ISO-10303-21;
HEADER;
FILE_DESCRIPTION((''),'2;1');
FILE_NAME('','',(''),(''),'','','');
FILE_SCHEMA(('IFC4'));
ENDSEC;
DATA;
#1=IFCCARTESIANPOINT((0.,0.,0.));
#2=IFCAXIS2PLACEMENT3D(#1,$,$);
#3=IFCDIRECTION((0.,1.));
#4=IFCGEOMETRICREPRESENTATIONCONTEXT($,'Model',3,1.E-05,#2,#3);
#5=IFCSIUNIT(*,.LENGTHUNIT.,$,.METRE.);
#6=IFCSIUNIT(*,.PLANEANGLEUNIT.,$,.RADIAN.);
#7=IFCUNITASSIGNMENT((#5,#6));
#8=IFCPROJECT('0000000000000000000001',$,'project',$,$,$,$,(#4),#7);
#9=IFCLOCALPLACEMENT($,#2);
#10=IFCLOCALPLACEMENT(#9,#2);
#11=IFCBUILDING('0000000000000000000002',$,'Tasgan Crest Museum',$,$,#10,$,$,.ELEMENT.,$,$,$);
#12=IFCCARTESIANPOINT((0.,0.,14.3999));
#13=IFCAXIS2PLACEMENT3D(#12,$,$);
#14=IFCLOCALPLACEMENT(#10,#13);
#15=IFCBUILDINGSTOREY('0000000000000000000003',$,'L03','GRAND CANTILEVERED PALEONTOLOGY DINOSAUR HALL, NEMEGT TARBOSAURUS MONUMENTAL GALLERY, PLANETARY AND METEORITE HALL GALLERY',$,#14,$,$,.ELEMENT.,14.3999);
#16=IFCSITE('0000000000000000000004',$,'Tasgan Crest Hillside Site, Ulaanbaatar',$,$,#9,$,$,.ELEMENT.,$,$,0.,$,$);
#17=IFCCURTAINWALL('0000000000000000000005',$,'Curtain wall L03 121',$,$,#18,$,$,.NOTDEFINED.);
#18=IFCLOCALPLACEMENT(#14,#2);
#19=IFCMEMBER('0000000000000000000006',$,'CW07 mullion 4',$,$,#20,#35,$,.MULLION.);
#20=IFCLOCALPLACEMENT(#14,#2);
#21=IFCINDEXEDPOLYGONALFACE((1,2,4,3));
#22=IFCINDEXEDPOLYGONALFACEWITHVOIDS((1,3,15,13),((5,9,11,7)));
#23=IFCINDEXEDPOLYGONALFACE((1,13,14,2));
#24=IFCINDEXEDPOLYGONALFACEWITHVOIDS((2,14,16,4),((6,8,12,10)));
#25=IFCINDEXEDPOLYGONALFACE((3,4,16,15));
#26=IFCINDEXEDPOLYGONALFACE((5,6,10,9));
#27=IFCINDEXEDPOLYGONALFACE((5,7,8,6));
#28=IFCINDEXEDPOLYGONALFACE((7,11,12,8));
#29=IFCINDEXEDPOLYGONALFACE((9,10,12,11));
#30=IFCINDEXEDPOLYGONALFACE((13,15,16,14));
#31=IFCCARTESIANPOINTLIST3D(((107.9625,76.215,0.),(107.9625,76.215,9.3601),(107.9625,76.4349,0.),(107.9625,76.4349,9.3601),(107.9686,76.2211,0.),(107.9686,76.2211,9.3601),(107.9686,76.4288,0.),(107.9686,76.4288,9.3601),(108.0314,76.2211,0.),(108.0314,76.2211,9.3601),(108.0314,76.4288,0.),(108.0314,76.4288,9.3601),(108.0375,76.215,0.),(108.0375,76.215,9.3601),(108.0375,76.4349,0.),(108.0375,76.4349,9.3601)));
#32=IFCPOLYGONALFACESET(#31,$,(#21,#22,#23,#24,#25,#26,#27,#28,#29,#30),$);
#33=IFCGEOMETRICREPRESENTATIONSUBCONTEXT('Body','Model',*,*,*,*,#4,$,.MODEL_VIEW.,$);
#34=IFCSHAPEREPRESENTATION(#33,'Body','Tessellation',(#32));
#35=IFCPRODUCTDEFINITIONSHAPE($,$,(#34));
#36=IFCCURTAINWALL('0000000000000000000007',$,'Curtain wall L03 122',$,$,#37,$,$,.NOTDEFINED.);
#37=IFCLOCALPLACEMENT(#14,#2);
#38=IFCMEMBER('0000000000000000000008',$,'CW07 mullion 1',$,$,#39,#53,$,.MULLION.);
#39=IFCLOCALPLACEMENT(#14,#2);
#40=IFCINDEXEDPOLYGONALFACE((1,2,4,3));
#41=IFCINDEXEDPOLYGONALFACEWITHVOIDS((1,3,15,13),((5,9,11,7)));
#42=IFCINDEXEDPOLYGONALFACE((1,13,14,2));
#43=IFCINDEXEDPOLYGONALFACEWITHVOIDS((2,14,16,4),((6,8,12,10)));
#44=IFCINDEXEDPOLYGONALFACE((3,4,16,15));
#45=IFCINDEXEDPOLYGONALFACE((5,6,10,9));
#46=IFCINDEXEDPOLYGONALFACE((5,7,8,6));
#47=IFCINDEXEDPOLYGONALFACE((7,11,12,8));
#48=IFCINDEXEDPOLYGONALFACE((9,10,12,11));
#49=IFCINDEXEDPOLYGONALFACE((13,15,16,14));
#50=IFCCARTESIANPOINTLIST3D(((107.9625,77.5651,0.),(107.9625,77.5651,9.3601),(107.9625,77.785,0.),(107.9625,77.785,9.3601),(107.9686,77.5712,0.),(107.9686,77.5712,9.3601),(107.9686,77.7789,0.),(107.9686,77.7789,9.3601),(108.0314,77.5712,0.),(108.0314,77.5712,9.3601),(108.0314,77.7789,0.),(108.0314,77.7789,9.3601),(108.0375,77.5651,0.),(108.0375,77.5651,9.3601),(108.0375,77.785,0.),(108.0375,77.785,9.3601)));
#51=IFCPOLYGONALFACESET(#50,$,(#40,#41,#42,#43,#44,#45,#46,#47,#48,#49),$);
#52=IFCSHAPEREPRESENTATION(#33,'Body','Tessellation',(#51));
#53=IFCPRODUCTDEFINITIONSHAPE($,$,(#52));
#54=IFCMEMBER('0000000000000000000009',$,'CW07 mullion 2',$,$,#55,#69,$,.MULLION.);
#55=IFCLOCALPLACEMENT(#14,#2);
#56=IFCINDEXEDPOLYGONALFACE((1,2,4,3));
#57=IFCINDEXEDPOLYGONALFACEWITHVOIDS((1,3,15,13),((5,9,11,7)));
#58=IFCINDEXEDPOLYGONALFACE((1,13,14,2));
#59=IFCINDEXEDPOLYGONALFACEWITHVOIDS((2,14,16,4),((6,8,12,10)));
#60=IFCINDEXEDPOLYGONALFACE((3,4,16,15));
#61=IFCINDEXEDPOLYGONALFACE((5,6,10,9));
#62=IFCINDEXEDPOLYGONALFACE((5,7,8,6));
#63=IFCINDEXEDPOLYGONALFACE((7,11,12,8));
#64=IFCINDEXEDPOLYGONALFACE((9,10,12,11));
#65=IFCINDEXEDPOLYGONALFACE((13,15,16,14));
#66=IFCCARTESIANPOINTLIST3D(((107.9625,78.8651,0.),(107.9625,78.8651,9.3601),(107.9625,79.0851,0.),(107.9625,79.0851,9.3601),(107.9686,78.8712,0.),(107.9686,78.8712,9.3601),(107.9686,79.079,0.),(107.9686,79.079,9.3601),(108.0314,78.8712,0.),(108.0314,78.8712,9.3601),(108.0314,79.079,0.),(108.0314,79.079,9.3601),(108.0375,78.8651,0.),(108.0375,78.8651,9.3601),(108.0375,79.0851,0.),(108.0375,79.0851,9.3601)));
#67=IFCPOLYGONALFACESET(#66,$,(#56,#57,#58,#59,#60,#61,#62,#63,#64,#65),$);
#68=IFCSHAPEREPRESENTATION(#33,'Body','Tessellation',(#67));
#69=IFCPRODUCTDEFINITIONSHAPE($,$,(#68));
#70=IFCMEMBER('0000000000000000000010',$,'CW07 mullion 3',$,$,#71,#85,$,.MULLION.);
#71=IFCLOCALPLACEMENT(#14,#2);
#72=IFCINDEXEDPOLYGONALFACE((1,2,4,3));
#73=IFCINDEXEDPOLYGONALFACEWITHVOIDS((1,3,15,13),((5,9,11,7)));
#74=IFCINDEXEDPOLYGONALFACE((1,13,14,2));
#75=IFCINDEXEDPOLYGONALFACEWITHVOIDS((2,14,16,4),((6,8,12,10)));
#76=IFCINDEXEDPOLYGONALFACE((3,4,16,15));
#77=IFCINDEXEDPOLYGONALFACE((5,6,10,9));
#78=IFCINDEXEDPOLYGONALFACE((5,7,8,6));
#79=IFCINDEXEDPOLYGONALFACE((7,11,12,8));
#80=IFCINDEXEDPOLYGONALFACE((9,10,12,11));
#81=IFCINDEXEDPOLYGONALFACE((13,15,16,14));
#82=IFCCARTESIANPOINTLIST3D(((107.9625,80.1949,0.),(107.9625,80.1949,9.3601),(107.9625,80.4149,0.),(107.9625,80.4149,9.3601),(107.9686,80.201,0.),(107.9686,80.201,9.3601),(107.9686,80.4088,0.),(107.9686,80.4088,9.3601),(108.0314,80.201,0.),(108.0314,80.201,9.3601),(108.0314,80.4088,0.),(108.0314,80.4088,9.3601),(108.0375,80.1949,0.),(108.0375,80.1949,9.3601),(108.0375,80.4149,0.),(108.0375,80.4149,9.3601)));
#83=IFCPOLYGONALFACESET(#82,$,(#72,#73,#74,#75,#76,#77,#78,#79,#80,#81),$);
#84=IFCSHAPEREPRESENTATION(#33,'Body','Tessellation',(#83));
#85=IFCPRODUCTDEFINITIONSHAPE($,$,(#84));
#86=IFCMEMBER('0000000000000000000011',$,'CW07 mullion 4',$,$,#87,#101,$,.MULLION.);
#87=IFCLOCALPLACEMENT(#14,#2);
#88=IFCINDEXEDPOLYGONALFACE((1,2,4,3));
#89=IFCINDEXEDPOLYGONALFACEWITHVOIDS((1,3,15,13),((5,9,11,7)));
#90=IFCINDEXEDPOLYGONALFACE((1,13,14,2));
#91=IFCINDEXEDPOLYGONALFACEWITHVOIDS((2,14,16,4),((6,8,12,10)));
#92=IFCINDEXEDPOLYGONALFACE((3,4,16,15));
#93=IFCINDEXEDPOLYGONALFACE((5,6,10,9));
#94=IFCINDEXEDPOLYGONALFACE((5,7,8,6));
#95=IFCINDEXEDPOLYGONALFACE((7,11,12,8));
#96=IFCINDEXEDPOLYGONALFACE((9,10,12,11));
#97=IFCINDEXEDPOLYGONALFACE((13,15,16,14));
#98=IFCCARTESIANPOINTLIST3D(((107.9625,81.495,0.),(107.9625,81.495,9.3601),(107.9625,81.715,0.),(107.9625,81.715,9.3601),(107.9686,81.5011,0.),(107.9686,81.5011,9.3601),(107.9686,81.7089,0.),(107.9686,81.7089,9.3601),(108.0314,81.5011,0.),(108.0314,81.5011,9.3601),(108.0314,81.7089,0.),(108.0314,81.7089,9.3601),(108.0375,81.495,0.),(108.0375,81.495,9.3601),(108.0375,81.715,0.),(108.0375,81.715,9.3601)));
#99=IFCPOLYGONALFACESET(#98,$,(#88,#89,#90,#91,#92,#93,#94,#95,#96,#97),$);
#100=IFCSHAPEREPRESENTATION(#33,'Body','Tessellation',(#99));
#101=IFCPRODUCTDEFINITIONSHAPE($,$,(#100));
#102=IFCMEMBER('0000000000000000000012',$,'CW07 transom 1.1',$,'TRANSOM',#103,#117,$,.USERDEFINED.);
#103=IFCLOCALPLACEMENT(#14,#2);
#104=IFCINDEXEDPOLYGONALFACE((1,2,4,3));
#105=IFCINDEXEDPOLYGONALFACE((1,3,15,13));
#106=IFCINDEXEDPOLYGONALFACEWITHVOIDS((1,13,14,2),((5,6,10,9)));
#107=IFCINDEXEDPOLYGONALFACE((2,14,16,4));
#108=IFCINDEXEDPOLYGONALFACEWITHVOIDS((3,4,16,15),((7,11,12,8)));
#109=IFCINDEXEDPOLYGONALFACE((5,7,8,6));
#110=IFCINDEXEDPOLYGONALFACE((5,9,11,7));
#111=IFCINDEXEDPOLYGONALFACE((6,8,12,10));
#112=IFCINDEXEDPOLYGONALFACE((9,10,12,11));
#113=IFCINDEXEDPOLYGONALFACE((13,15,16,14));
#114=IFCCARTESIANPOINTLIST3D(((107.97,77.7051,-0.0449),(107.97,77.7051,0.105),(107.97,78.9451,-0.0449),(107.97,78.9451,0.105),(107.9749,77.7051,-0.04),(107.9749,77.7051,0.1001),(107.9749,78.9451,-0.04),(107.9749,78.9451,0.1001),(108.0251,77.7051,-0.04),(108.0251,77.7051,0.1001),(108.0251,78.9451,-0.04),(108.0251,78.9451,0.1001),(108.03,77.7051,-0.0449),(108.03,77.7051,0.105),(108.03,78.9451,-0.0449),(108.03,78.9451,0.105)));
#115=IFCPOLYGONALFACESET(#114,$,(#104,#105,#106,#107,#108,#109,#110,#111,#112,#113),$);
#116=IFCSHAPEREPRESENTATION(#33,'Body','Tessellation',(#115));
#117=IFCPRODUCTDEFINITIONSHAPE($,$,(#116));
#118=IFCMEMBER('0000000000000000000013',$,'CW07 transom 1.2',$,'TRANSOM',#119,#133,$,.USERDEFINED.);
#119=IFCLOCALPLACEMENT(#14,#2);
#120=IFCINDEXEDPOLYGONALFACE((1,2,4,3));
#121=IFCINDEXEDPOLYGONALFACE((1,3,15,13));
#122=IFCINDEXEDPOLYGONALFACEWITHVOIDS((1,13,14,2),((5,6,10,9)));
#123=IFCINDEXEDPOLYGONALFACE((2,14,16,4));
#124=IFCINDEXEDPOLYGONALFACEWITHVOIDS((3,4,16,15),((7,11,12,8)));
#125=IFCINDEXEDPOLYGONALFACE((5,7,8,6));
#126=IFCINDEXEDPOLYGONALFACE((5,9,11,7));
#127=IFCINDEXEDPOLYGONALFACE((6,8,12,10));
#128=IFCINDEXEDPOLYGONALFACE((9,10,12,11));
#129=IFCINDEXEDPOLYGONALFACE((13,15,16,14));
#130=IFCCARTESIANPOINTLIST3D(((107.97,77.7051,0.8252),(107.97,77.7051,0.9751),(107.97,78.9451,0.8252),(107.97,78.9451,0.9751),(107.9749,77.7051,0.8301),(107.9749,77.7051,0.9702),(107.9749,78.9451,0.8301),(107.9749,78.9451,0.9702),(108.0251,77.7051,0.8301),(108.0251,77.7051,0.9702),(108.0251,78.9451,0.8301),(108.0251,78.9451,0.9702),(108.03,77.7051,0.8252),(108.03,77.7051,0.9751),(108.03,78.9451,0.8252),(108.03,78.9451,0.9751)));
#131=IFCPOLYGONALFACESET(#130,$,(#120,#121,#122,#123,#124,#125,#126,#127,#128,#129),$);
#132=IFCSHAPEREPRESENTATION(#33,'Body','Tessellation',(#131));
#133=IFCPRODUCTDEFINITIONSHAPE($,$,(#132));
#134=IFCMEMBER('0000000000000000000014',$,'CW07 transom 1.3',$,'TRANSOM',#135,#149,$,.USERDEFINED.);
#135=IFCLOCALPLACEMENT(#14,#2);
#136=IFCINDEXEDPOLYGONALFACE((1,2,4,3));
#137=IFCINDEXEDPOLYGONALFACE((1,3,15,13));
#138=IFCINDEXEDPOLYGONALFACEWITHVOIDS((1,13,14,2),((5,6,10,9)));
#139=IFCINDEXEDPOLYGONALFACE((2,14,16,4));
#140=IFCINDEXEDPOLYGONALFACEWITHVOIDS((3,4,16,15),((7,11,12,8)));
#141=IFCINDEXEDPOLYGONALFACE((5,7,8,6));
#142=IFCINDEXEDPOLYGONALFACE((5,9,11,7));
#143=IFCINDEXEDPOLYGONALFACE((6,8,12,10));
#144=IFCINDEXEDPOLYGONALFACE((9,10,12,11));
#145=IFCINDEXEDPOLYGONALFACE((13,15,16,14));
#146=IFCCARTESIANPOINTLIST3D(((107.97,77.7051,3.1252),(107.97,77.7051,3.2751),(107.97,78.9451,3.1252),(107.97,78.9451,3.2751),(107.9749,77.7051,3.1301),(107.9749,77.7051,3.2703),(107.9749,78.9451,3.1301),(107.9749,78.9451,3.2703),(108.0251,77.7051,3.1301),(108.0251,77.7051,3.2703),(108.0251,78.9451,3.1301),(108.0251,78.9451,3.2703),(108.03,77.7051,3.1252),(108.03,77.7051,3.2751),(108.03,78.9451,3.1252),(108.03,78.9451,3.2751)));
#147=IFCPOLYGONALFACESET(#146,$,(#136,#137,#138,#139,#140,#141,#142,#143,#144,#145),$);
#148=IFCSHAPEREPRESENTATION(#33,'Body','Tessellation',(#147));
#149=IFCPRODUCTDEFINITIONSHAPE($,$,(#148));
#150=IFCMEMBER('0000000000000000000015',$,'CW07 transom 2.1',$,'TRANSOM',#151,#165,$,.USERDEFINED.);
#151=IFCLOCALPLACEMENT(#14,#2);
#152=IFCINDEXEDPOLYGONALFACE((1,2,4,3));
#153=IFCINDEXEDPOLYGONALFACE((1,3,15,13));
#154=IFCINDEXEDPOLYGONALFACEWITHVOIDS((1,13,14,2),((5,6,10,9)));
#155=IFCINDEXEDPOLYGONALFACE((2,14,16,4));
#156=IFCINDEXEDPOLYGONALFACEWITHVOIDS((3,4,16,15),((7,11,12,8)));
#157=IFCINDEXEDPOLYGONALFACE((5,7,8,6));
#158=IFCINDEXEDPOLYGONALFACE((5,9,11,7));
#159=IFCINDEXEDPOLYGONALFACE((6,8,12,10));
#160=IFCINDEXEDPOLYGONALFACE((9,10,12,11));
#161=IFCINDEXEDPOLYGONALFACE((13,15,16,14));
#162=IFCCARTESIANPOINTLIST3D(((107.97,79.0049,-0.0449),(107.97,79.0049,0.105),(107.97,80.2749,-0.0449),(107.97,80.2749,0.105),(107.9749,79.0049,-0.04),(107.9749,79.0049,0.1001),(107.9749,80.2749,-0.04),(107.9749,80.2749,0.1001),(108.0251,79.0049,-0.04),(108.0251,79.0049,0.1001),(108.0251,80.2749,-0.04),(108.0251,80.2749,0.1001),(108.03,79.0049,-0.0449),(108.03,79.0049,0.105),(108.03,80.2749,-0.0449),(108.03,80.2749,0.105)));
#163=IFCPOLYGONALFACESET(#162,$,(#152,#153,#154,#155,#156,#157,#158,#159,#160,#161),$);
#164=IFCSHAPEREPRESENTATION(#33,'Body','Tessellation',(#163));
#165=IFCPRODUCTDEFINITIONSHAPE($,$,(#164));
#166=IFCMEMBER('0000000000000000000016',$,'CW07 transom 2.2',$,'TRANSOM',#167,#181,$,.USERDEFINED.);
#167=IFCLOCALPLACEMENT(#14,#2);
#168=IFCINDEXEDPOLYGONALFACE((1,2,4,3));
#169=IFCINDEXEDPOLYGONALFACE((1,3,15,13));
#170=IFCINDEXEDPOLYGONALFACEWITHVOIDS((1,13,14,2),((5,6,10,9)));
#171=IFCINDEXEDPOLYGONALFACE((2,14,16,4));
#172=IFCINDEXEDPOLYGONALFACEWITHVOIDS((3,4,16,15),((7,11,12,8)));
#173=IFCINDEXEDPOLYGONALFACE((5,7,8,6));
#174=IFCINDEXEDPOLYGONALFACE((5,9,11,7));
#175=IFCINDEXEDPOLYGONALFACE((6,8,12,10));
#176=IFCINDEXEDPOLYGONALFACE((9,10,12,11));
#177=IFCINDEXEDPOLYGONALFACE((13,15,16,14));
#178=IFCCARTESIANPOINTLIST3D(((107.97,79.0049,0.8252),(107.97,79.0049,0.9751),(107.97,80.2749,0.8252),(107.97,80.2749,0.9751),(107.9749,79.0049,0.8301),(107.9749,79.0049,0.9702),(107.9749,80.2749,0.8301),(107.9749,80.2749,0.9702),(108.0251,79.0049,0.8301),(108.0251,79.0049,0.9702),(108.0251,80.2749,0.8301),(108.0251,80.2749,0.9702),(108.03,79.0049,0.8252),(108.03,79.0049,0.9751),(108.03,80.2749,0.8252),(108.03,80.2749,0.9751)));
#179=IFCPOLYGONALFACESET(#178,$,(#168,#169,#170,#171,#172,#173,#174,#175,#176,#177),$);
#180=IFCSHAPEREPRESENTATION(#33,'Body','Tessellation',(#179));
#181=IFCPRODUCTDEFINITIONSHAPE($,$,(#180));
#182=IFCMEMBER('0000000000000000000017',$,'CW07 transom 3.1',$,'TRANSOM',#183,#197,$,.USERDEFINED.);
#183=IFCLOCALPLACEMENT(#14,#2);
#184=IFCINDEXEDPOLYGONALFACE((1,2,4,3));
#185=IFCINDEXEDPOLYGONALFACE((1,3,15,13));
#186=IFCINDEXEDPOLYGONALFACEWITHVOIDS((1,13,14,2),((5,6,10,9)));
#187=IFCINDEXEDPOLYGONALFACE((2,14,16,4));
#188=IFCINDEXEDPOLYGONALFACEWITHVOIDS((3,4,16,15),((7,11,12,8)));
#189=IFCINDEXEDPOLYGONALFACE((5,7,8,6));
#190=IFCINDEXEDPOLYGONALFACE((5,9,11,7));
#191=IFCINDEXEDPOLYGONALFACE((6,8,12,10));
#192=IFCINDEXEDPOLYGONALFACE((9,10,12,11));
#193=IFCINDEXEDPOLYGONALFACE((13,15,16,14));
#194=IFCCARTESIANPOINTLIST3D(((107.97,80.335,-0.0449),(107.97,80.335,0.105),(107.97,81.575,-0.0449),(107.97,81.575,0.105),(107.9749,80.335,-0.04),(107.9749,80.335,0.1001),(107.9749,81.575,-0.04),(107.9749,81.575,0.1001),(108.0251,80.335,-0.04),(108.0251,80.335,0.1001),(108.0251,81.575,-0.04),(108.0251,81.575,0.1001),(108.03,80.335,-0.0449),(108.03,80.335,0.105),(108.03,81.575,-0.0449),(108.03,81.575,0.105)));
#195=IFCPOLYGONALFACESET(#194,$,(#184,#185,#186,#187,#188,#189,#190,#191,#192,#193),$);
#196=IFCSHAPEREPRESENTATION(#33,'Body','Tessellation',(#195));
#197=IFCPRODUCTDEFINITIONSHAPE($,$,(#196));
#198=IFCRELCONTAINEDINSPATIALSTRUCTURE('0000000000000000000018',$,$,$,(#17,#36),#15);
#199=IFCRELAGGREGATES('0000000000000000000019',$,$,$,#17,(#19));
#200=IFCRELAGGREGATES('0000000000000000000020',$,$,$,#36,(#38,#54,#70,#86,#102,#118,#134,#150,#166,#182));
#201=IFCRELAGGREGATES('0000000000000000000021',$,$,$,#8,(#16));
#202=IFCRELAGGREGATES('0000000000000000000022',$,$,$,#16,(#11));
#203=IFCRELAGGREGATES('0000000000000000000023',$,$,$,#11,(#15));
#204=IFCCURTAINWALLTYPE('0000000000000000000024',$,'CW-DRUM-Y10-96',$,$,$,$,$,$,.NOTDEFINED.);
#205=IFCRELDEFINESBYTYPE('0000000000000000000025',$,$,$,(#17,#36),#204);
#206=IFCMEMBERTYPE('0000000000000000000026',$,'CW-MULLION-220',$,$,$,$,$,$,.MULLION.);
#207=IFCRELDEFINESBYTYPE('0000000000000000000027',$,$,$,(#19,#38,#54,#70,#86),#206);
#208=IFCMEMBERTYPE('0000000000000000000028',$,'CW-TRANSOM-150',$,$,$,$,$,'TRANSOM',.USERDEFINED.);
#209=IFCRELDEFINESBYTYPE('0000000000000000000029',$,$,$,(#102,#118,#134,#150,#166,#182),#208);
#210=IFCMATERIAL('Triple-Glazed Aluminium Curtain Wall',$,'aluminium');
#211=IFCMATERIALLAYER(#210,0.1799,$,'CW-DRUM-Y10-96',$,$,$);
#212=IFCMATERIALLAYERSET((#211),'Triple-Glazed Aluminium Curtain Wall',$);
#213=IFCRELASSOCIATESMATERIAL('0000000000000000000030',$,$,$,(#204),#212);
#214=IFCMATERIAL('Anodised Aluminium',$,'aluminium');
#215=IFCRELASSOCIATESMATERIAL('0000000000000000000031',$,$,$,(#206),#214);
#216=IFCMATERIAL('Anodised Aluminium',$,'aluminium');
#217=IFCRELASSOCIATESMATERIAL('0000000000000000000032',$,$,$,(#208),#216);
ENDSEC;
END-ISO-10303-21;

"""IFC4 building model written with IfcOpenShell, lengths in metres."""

from ifc_helpers import new_model, si_unit, direction, frame, origin, origin_2d, place, context, subcontext, project, spatial, hollow_rectangle, extrude, material, layer, layer_set, material_profile, profile_set, type_object, element, aggregate, save


model = new_model("IFC4")

# Units and contexts
model_context = context("Model", 3, precision=1e-05, world=origin(), true_north=direction((0.0, 1.0)))
body_context = subcontext(model_context, "Body", "Model", "MODEL_VIEW")
ifc_project = project(units=[si_unit("LENGTHUNIT", "METRE"), si_unit("PLANEANGLEUNIT", "RADIAN")], contexts=[model_context])

# Site, building, storey
site_placement = place(None, origin())
site = spatial("IfcSite", under=ifc_project, at=site_placement, Name="Tasgan Crest Hillside Site, Ulaanbaatar", CompositionType="ELEMENT", RefElevation=0.0)
building_placement = place(site_placement, origin())
building = spatial("IfcBuilding", under=site, at=building_placement, Name="Tasgan Crest Museum", CompositionType="ELEMENT")
storey_placement = place(building_placement, frame((0.0, 0.0, 14.3999)))
storey = spatial("IfcBuildingStorey", under=building, at=storey_placement, Name="L03", Description="GRAND CANTILEVERED PALEONTOLOGY DINOSAUR HALL, NEMEGT TARBOSAURUS MONUMENTAL GALLERY, PLANETARY AND METEORITE HALL GALLERY", CompositionType="ELEMENT", Elevation=14.3999)

# Curtain wall, member
ifc_material_1 = material(Name="Triple-Glazed Aluminium Curtain Wall", Category="aluminium")
ifc_layer_1 = layer(ifc_material_1, 0.1799, Name="CW-DRUM-Y10-96")
ifc_layer_set_1 = layer_set([ifc_layer_1], Name="Triple-Glazed Aluminium Curtain Wall")
curtain_wall_type = type_object("IfcCurtainWallType", Name="CW-DRUM-Y10-96", PredefinedType="NOTDEFINED", material=ifc_layer_set_1)
curtain_wall_1_placement = place(storey_placement, origin())
curtain_wall_1 = element("IfcCurtainWall", 1, at=curtain_wall_1_placement, inside=storey, type_object=curtain_wall_type, Name="Curtain wall L03 121", PredefinedType="NOTDEFINED")
ifc_material_2 = material(Name="Anodised Aluminium", Category="aluminium")
ifc_material_profile_1 = material_profile(ifc_material_2, hollow_rectangle(XDim=0.075, YDim=0.22, WallThickness=0.0061, at=origin_2d()), Name="ALU MULLION 220x75x6")
ifc_profile_set_1 = profile_set([ifc_material_profile_1], Name="Anodised Aluminium")
member_type_1 = type_object("IfcMemberType", Name="CW-MULLION-220", PredefinedType="MULLION", material=ifc_profile_set_1)
member_1_placement = place(storey_placement, frame((108.0, 76.325, 0.0), z_axis=(0.0, 0.0, 1.0), x_axis=(-1.0, 0.0, 0.0)))
member_1 = element("IfcMember", 2, at=member_1_placement, type_object=member_type_1, Name="CW07 mullion 4", PredefinedType="MULLION", context=body_context, shape_type="SweptSolid", body=[
    extrude(hollow_rectangle(XDim=0.075, YDim=0.22, WallThickness=0.0061, at=origin_2d()), origin(), (0.0, 0.0, 1.0), 9.3601),
])

# Curtain wall, members
curtain_wall_2_placement = place(storey_placement, origin())
curtain_wall_2 = element("IfcCurtainWall", 3, at=curtain_wall_2_placement, inside=storey, type_object=curtain_wall_type, Name="Curtain wall L03 122", PredefinedType="NOTDEFINED")
member_2_placement = place(storey_placement, frame((108.0, 77.675, 0.0), z_axis=(0.0, 0.0, 1.0), x_axis=(-1.0, 0.0, 0.0)))
member_2 = element("IfcMember", 4, at=member_2_placement, type_object=member_type_1, Name="CW07 mullion 1", PredefinedType="MULLION", context=body_context, shape_type="SweptSolid", body=[
    extrude(hollow_rectangle(XDim=0.075, YDim=0.22, WallThickness=0.0061, at=origin_2d()), origin(), (0.0, 0.0, 1.0), 9.3601),
])
member_3_placement = place(storey_placement, frame((108.0, 78.9751, 0.0), z_axis=(0.0, 0.0, 1.0), x_axis=(-1.0, 0.0, 0.0)))
member_3 = element("IfcMember", 5, at=member_3_placement, type_object=member_type_1, Name="CW07 mullion 2", PredefinedType="MULLION", context=body_context, shape_type="SweptSolid", body=[
    extrude(hollow_rectangle(XDim=0.075, YDim=0.22, WallThickness=0.0061, at=origin_2d()), origin(), (0.0, 0.0, 1.0), 9.3601),
])
member_4_placement = place(storey_placement, frame((108.0, 80.3049, 0.0), z_axis=(0.0, 0.0, 1.0), x_axis=(-1.0, 0.0, 0.0)))
member_4 = element("IfcMember", 6, at=member_4_placement, type_object=member_type_1, Name="CW07 mullion 3", PredefinedType="MULLION", context=body_context, shape_type="SweptSolid", body=[
    extrude(hollow_rectangle(XDim=0.075, YDim=0.22, WallThickness=0.0061, at=origin_2d()), origin(), (0.0, 0.0, 1.0), 9.3601),
])
member_5_placement = place(storey_placement, frame((108.0, 81.605, 0.0), z_axis=(0.0, 0.0, 1.0), x_axis=(-1.0, 0.0, 0.0)))
member_5 = element("IfcMember", 7, at=member_5_placement, type_object=member_type_1, Name="CW07 mullion 4", PredefinedType="MULLION", context=body_context, shape_type="SweptSolid", body=[
    extrude(hollow_rectangle(XDim=0.075, YDim=0.22, WallThickness=0.0061, at=origin_2d()), origin(), (0.0, 0.0, 1.0), 9.3601),
])
ifc_material_3 = material(Name="Anodised Aluminium", Category="aluminium")
ifc_material_profile_2 = material_profile(ifc_material_3, hollow_rectangle(XDim=0.0601, YDim=0.1499, WallThickness=0.0049, at=origin_2d()), Name="ALU TRANSOM 150x60x5")
ifc_profile_set_2 = profile_set([ifc_material_profile_2], Name="Anodised Aluminium")
member_type_2 = type_object("IfcMemberType", Name="CW-TRANSOM-150", ElementType="TRANSOM", PredefinedType="USERDEFINED", material=ifc_profile_set_2)
member_6_placement = place(storey_placement, frame((108.0, 77.7051, 0.03), z_axis=(0.0, 1.0, 0.0), x_axis=(-1.0, 0.0, 0.0)))
member_6 = element("IfcMember", 8, at=member_6_placement, type_object=member_type_2, Name="CW07 transom 1.1", ObjectType="TRANSOM", PredefinedType="USERDEFINED", context=body_context, shape_type="SweptSolid", body=[
    extrude(hollow_rectangle(XDim=0.0601, YDim=0.1499, WallThickness=0.0049, at=origin_2d()), origin(), (0.0, 0.0, 1.0), 1.24),
])
member_7_placement = place(storey_placement, frame((108.0, 77.7051, 0.9001), z_axis=(0.0, 1.0, 0.0), x_axis=(-1.0, 0.0, 0.0)))
member_7 = element("IfcMember", 9, at=member_7_placement, type_object=member_type_2, Name="CW07 transom 1.2", ObjectType="TRANSOM", PredefinedType="USERDEFINED", context=body_context, shape_type="SweptSolid", body=[
    extrude(hollow_rectangle(XDim=0.0601, YDim=0.1499, WallThickness=0.0049, at=origin_2d()), origin(), (0.0, 0.0, 1.0), 1.24),
])
member_8_placement = place(storey_placement, frame((108.0, 77.7051, 3.2002), z_axis=(0.0, 1.0, 0.0), x_axis=(-1.0, 0.0, 0.0)))
member_8 = element("IfcMember", 10, at=member_8_placement, type_object=member_type_2, Name="CW07 transom 1.3", ObjectType="TRANSOM", PredefinedType="USERDEFINED", context=body_context, shape_type="SweptSolid", body=[
    extrude(hollow_rectangle(XDim=0.0601, YDim=0.1499, WallThickness=0.0049, at=origin_2d()), origin(), (0.0, 0.0, 1.0), 1.24),
])
member_9_placement = place(storey_placement, frame((108.0, 79.0049, 0.03), z_axis=(0.0, 1.0, 0.0), x_axis=(-1.0, 0.0, 0.0)))
member_9 = element("IfcMember", 11, at=member_9_placement, type_object=member_type_2, Name="CW07 transom 2.1", ObjectType="TRANSOM", PredefinedType="USERDEFINED", context=body_context, shape_type="SweptSolid", body=[
    extrude(hollow_rectangle(XDim=0.0601, YDim=0.1499, WallThickness=0.0049, at=origin_2d()), origin(), (0.0, 0.0, 1.0), 1.27),
])
member_10_placement = place(storey_placement, frame((108.0, 79.0049, 0.9001), z_axis=(0.0, 1.0, 0.0), x_axis=(-1.0, 0.0, 0.0)))
member_10 = element("IfcMember", 12, at=member_10_placement, type_object=member_type_2, Name="CW07 transom 2.2", ObjectType="TRANSOM", PredefinedType="USERDEFINED", context=body_context, shape_type="SweptSolid", body=[
    extrude(hollow_rectangle(XDim=0.0601, YDim=0.1499, WallThickness=0.0049, at=origin_2d()), origin(), (0.0, 0.0, 1.0), 1.27),
])
member_11_placement = place(storey_placement, frame((108.0, 80.335, 0.03), z_axis=(0.0, 1.0, 0.0), x_axis=(-1.0, 0.0, 0.0)))
member_11 = element("IfcMember", 13, at=member_11_placement, type_object=member_type_2, Name="CW07 transom 3.1", ObjectType="TRANSOM", PredefinedType="USERDEFINED", context=body_context, shape_type="SweptSolid", body=[
    extrude(hollow_rectangle(XDim=0.0601, YDim=0.1499, WallThickness=0.0049, at=origin_2d()), origin(), (0.0, 0.0, 1.0), 1.24),
])

aggregate(curtain_wall_1, [member_1])
aggregate(curtain_wall_2, [member_2, member_3, member_4, member_5, member_6, member_7, member_8, member_9, member_10, member_11])

save(model, "model.ifc")
